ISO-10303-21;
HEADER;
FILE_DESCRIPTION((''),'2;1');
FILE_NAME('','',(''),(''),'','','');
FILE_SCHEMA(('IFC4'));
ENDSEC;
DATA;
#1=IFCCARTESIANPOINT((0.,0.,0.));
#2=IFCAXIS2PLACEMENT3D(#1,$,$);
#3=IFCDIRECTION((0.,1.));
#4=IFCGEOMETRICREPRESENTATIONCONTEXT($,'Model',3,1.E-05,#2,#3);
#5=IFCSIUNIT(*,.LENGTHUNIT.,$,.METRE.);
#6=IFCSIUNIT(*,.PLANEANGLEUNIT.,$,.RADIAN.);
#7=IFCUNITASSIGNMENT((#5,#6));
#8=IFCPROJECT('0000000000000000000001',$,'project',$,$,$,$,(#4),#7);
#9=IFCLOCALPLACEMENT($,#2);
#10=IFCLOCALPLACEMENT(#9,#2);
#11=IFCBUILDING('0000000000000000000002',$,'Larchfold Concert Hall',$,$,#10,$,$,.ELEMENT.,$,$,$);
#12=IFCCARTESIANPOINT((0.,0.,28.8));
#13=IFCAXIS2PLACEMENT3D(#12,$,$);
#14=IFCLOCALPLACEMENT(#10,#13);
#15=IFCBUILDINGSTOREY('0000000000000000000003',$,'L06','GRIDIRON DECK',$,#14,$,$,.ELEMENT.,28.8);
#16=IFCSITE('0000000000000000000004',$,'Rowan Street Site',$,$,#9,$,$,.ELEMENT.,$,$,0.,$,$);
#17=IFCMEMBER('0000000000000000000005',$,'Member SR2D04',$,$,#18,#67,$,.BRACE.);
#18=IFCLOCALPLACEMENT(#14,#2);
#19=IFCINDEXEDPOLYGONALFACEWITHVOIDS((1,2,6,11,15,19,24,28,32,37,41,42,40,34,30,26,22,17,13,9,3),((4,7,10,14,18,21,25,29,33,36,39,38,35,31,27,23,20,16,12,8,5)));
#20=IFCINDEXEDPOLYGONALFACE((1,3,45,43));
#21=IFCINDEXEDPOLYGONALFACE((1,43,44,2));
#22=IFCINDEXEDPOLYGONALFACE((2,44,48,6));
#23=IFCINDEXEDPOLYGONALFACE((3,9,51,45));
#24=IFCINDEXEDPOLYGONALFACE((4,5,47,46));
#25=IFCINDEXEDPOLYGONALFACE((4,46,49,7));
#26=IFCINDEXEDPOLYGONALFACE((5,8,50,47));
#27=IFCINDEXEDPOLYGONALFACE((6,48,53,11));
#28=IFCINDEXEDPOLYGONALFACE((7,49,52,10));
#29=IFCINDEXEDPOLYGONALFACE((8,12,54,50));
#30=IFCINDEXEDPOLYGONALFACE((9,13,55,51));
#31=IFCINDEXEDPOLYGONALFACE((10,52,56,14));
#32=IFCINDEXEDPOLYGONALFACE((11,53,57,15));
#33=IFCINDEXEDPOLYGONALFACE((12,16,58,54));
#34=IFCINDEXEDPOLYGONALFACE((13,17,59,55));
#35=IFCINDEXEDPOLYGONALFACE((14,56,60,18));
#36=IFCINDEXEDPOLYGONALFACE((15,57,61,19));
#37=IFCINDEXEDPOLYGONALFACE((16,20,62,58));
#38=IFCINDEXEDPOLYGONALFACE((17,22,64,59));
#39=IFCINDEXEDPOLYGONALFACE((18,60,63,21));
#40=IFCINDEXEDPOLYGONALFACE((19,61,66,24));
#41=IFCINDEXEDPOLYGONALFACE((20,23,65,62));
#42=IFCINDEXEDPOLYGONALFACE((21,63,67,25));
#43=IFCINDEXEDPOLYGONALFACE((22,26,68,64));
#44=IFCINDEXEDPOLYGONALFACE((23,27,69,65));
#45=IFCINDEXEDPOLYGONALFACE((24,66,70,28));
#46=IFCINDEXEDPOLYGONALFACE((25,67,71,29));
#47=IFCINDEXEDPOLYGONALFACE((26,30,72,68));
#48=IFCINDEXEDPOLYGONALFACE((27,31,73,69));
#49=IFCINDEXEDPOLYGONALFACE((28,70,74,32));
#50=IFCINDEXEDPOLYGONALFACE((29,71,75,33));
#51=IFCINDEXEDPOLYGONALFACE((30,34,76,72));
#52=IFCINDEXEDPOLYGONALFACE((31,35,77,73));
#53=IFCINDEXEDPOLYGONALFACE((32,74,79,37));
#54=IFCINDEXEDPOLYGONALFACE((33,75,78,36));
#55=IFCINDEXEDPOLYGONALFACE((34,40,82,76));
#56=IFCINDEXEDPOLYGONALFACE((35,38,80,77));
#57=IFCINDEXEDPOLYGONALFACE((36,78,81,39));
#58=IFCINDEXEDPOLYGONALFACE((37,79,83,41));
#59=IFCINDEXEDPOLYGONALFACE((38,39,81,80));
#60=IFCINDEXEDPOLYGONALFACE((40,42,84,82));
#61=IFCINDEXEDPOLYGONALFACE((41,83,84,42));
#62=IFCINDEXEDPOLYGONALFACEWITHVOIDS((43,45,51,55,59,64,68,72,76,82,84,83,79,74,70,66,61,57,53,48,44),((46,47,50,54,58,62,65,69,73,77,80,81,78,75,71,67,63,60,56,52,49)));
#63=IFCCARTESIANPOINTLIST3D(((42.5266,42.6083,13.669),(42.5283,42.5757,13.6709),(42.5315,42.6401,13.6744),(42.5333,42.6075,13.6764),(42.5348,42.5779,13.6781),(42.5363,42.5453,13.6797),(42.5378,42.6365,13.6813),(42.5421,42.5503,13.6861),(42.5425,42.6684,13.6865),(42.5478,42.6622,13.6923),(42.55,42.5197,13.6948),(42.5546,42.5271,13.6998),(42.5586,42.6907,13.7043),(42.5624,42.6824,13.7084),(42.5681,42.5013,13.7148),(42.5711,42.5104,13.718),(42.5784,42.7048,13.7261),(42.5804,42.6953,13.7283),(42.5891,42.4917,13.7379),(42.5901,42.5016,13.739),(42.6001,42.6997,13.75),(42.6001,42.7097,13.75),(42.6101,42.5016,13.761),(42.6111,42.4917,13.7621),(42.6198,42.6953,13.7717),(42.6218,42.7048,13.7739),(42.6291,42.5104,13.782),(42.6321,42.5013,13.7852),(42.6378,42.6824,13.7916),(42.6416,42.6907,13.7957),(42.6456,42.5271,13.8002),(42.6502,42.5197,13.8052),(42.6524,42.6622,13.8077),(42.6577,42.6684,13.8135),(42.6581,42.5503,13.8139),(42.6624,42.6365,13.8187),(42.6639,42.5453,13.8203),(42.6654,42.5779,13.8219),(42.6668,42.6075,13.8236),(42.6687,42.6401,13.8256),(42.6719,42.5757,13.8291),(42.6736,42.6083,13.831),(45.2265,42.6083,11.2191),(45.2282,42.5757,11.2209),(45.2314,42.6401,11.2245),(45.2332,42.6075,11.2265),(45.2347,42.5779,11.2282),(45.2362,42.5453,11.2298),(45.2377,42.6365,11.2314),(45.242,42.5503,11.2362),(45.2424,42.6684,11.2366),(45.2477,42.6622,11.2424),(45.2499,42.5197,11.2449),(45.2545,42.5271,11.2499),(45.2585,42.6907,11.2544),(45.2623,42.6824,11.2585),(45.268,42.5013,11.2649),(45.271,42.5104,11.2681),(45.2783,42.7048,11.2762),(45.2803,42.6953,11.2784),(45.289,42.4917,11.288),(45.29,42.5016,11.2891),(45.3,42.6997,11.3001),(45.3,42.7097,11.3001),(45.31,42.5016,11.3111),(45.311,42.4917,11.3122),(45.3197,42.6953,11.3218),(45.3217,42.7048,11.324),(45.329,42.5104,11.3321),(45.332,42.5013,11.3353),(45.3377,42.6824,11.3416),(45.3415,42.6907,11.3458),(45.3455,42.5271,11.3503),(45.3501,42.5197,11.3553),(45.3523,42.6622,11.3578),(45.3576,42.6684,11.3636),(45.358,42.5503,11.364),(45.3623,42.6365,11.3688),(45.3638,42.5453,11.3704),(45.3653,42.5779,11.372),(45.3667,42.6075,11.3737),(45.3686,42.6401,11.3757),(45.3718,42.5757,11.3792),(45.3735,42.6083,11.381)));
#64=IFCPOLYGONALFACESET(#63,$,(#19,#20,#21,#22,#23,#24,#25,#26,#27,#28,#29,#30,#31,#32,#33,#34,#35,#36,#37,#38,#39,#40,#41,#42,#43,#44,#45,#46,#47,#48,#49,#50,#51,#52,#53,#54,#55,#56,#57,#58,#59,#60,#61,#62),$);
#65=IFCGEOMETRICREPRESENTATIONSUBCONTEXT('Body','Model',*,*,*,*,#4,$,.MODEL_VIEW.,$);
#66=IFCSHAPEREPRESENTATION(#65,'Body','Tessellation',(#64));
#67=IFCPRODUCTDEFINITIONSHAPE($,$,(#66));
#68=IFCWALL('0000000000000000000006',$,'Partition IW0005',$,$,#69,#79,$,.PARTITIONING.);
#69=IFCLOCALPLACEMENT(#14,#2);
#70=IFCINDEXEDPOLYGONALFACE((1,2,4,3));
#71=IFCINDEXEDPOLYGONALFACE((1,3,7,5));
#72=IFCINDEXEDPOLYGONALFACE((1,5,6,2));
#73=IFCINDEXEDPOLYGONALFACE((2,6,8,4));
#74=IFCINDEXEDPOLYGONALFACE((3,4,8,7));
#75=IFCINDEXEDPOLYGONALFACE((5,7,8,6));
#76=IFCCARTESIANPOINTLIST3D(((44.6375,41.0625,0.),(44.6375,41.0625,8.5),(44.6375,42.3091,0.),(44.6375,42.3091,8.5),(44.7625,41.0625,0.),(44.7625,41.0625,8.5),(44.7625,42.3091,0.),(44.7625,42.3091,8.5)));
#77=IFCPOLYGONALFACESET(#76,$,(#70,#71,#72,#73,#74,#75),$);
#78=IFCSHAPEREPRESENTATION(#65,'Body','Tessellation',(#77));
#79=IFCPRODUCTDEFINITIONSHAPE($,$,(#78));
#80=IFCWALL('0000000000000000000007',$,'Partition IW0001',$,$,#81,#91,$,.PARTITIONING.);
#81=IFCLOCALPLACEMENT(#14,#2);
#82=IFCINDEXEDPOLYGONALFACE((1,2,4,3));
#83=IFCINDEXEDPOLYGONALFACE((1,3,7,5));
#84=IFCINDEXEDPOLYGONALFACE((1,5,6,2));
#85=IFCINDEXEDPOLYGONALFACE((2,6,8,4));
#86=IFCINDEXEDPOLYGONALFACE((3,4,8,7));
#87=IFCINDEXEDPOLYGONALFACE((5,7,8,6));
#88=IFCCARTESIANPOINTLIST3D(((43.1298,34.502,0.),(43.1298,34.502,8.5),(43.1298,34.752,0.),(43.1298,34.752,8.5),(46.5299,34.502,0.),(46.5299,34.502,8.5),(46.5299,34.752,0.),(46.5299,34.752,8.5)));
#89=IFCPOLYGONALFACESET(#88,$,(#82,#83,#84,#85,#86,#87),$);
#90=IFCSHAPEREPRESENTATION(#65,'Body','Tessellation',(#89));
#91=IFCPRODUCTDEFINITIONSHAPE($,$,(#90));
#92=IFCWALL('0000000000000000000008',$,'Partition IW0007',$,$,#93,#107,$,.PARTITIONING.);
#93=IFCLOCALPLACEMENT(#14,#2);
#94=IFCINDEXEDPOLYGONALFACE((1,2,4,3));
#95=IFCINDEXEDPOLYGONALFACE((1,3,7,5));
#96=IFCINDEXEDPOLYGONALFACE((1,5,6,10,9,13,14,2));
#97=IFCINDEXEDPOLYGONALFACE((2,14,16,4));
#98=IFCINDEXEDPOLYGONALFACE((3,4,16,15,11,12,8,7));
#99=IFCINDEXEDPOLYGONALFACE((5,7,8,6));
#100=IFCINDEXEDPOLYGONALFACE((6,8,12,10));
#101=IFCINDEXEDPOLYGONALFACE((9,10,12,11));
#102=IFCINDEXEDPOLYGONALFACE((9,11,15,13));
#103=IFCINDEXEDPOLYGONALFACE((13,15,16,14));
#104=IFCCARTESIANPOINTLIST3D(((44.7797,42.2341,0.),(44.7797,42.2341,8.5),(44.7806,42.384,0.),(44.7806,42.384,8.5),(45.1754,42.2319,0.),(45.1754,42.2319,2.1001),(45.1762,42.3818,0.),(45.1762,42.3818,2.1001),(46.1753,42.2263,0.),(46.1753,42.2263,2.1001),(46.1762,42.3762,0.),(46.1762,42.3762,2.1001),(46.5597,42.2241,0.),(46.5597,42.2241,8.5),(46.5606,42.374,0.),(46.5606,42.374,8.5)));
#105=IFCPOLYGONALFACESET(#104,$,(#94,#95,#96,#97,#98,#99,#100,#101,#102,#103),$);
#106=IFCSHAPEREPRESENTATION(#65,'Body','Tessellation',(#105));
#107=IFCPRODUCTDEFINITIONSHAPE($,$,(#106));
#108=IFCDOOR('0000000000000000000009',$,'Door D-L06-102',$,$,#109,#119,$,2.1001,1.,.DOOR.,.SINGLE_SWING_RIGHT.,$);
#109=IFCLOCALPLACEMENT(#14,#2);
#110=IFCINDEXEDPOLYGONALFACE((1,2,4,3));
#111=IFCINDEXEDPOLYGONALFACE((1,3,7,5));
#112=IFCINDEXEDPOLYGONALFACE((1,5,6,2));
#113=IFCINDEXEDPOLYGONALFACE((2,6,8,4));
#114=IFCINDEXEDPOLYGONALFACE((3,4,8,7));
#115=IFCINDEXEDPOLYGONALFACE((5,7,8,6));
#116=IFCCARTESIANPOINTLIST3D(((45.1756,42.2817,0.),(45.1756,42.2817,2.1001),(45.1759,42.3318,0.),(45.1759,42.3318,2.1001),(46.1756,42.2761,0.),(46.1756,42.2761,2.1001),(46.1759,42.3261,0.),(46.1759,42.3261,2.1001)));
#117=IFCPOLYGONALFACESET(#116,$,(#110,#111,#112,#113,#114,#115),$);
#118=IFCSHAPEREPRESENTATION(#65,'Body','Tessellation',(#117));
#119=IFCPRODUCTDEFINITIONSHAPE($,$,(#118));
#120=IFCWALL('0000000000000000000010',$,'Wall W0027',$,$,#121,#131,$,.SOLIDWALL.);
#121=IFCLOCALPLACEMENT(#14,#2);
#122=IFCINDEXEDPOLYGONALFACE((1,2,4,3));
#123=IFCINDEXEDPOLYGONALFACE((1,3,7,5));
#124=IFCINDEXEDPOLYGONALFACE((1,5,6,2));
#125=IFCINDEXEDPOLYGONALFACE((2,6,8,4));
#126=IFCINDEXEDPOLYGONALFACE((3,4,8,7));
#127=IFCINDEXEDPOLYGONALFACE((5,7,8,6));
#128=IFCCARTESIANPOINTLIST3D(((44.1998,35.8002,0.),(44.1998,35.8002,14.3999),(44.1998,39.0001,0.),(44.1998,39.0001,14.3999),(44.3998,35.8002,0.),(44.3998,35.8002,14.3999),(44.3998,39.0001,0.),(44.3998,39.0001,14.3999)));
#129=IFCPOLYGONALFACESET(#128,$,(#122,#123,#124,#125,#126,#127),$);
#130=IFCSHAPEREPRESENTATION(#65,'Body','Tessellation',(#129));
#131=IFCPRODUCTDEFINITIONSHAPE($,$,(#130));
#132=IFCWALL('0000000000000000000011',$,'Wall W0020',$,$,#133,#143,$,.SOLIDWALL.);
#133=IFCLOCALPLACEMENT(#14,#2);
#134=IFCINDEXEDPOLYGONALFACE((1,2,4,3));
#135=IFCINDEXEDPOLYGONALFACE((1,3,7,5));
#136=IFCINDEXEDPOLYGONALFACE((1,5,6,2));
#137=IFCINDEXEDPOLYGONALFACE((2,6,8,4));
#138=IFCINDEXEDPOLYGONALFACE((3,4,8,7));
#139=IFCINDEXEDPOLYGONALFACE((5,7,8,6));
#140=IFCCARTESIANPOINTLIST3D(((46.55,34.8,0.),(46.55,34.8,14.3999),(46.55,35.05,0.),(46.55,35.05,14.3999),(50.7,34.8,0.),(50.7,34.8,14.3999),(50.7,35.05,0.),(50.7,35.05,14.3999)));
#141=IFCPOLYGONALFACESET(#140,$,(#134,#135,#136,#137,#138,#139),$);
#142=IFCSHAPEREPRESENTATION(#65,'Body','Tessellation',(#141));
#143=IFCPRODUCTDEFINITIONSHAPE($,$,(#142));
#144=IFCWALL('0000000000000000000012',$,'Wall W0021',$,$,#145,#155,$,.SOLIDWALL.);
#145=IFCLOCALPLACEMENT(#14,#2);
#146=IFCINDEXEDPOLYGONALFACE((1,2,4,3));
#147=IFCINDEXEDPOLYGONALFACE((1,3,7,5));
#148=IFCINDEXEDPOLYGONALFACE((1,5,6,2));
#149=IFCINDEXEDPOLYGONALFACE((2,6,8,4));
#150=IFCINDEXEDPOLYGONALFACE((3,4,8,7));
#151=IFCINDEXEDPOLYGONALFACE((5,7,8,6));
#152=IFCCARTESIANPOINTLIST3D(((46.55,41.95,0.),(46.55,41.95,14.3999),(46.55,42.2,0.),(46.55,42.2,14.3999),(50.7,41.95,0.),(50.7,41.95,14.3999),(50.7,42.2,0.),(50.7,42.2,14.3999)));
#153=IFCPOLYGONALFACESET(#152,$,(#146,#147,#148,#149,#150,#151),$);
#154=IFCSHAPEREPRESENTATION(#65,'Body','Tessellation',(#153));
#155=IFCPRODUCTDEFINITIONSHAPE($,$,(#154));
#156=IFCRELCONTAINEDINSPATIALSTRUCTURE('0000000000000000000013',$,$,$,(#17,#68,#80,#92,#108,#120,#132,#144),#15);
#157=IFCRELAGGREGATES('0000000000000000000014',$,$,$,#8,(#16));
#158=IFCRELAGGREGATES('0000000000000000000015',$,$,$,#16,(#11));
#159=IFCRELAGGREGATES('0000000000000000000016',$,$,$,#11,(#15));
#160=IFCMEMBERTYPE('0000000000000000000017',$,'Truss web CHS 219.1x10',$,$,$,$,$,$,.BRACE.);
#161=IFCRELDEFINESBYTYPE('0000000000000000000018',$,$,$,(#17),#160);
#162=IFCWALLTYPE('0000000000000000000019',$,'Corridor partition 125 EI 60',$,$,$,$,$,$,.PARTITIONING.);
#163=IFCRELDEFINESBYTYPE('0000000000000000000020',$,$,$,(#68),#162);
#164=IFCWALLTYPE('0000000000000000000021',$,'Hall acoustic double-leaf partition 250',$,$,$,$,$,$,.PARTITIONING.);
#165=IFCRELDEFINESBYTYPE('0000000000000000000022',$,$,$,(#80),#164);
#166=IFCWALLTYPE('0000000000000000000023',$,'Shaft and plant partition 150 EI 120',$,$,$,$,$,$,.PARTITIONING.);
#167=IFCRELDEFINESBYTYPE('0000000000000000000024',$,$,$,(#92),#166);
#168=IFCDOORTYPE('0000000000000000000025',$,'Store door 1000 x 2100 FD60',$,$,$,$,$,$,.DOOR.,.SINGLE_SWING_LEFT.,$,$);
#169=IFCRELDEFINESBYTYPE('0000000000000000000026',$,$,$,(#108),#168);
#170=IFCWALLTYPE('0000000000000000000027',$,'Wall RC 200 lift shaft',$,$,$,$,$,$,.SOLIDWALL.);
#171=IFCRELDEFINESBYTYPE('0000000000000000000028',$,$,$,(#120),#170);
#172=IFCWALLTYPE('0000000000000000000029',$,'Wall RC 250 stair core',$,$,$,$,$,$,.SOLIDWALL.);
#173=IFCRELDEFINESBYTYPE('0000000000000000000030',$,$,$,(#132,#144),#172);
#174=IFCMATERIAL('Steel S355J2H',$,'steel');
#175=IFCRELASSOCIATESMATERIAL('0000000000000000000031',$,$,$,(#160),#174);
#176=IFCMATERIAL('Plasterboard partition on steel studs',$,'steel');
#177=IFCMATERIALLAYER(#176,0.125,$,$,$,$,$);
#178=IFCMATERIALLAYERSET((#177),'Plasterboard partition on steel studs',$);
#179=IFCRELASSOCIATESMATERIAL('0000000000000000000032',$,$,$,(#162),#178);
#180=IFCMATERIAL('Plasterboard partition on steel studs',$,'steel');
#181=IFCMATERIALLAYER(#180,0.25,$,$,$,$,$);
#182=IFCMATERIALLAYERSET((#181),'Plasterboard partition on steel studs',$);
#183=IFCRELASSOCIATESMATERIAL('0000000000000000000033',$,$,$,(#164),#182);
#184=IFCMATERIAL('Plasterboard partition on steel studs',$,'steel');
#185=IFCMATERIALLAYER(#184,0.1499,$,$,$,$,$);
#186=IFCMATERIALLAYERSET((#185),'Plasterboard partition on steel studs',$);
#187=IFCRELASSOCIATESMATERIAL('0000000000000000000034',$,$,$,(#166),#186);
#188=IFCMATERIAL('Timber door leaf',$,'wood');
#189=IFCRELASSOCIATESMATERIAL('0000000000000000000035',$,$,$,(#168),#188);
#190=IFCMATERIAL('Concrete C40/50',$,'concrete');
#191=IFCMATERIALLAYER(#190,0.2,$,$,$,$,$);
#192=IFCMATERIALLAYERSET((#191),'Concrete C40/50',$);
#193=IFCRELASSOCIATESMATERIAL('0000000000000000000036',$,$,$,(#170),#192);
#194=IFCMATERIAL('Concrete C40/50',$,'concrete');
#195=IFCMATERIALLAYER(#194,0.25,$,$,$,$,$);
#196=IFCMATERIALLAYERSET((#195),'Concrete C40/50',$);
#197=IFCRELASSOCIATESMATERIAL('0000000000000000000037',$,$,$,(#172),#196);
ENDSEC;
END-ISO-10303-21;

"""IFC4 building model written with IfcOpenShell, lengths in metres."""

from ifc_helpers import new_model, si_unit, direction, frame, frame_2d, origin, origin_2d, place, context, subcontext, project, spatial, rectangle, hollow_circle, extrude, material, layer, layer_set, material_profile, profile_set, type_object, element, fill, save


model = new_model("IFC4")

# Units and contexts
model_context = context("Model", 3, precision=1e-05, world=origin(), true_north=direction((0.0, 1.0)))
body_context = subcontext(model_context, "Body", "Model", "MODEL_VIEW")
ifc_project = project(units=[si_unit("LENGTHUNIT", "METRE"), si_unit("PLANEANGLEUNIT", "RADIAN")], contexts=[model_context])

# Site, building, storey
site_placement = place(None, origin())
site = spatial("IfcSite", under=ifc_project, at=site_placement, Name="Rowan Street Site", CompositionType="ELEMENT", RefElevation=0.0)
building_placement = place(site_placement, origin())
building = spatial("IfcBuilding", under=site, at=building_placement, Name="Larchfold Concert Hall", CompositionType="ELEMENT")
storey_placement = place(building_placement, frame((0.0, 0.0, 28.8)))
storey = spatial("IfcBuildingStorey", under=building, at=storey_placement, Name="L06", Description="GRIDIRON DECK", CompositionType="ELEMENT", Elevation=28.8)

# Member
ifc_material_1 = material(Name="Steel S355J2H", Category="steel")
ifc_material_profile_1 = material_profile(ifc_material_1, hollow_circle(Radius=0.1096, WallThickness=0.01, at=origin_2d()))
ifc_profile_set_1 = profile_set([ifc_material_profile_1], Name="Steel S355J2H")
member_type_1 = type_object("IfcMemberType", Name="Truss web CHS 219.1x10", PredefinedType="BRACE", material=ifc_profile_set_1)
member_1_placement = place(storey_placement, frame((42.6001, 42.6001, 13.75), z_axis=(0.740561, 0.0, -0.671989), x_axis=(0.0, 1.0, 0.0)))
element("IfcMember", 1, at=member_1_placement, inside=storey, type_object=member_type_1, Name="Member SR2D04", PredefinedType="BRACE", context=body_context, shape_type="SweptSolid", body=[
    extrude(hollow_circle(Radius=0.1096, WallThickness=0.01, at=origin_2d()), origin(), (0.0, 0.0, 1.0), 3.6458),
])

# Walls
ifc_material_2 = material(Name="Plasterboard partition on steel studs", Category="steel")
ifc_layer_1 = layer(ifc_material_2, 0.125)
ifc_layer_set_1 = layer_set([ifc_layer_1], Name="Plasterboard partition on steel studs")
wall_type_1 = type_object("IfcWallType", Name="Corridor partition 125 EI 60", PredefinedType="PARTITIONING", material=ifc_layer_set_1)
wall_1_placement = place(storey_placement, frame((44.7, 41.0625, 0.0), z_axis=(0.0, 0.0, 1.0), x_axis=(0.0, 1.0, 0.0)))
element("IfcWall", 2, at=wall_1_placement, inside=storey, type_object=wall_type_1, Name="Partition IW0005", PredefinedType="PARTITIONING", context=body_context, shape_type="SweptSolid", body=[
    extrude(rectangle(XDim=1.2466, YDim=0.125, at=frame_2d((0.6233, 0.0))), origin(), (0.0, 0.0, 1.0), 8.5),
])
ifc_material_3 = material(Name="Plasterboard partition on steel studs", Category="steel")
ifc_layer_2 = layer(ifc_material_3, 0.25)
ifc_layer_set_2 = layer_set([ifc_layer_2], Name="Plasterboard partition on steel studs")
wall_type_2 = type_object("IfcWallType", Name="Hall acoustic double-leaf partition 250", PredefinedType="PARTITIONING", material=ifc_layer_set_2)
wall_2_placement = place(storey_placement, frame((46.53, 34.627, 0.0), z_axis=(0.0, 0.0, 1.0), x_axis=(-1.0, 0.0, 0.0)))
element("IfcWall", 3, at=wall_2_placement, inside=storey, type_object=wall_type_2, Name="Partition IW0001", PredefinedType="PARTITIONING", context=body_context, shape_type="SweptSolid", body=[
    extrude(rectangle(XDim=3.4001, YDim=0.25, at=frame_2d((1.7002, 0.0))), origin(), (0.0, 0.0, 1.0), 8.5),
])

# Wall, opening, door
ifc_material_4 = material(Name="Plasterboard partition on steel studs", Category="steel")
ifc_layer_3 = layer(ifc_material_4, 0.1499)
ifc_layer_set_3 = layer_set([ifc_layer_3], Name="Plasterboard partition on steel studs")
wall_type_3 = type_object("IfcWallType", Name="Shaft and plant partition 150 EI 120", PredefinedType="PARTITIONING", material=ifc_layer_set_3)
wall_3_placement = place(storey_placement, frame((44.78, 42.3091, 0.0), z_axis=(0.0, 0.0, 1.0), x_axis=(0.999984, -0.005623, 0.0)))
wall_3 = element("IfcWall", 4, at=wall_3_placement, inside=storey, type_object=wall_type_3, Name="Partition IW0007", PredefinedType="PARTITIONING", context=body_context, shape_type="SweptSolid", body=[
    extrude(rectangle(XDim=1.78, YDim=0.1499, at=frame_2d((0.8901, 0.0))), origin(), (0.0, 0.0, 1.0), 8.5),
])
opening_1_placement = place(wall_3_placement, frame((0.3958, 0.0, 0.0)))
opening_1 = element("IfcOpeningElement", 5, at=opening_1_placement, cuts=wall_3, PredefinedType="OPENING", context=body_context, shape_type="SweptSolid", body=[
    extrude(rectangle(XDim=1.0, YDim=2.1001, at=frame_2d((0.5, 1.05))), frame((0.0, 0.085, 0.0), z_axis=(0.0, -1.0, 0.0), x_axis=(1.0, 0.0, 0.0)), (0.0, 0.0, 1.0), 0.1699),
])
ifc_material_5 = material(Name="Timber door leaf", Category="wood")
door_type_1 = type_object("IfcDoorType", Name="Store door 1000 x 2100 FD60", OperationType="SINGLE_SWING_LEFT", PredefinedType="DOOR", material=ifc_material_5)
door_1_placement = place(opening_1_placement, origin())
door_1 = element("IfcDoor", 6, at=door_1_placement, inside=storey, type_object=door_type_1, Name="Door D-L06-102", OperationType="SINGLE_SWING_RIGHT", OverallHeight=2.1001, OverallWidth=1.0, PredefinedType="DOOR", context=body_context, shape_type="SweptSolid", body=[
    extrude(rectangle(XDim=1.0, YDim=2.1001, at=frame_2d((0.5, 1.05))), frame((0.0, 0.0249, 0.0), z_axis=(0.0, -1.0, 0.0), x_axis=(1.0, 0.0, 0.0)), (0.0, 0.0, 1.0), 0.05),
])
fill(opening_1, door_1)

# Walls
ifc_material_6 = material(Name="Concrete C40/50", Category="concrete")
ifc_layer_4 = layer(ifc_material_6, 0.2)
ifc_layer_set_4 = layer_set([ifc_layer_4], Name="Concrete C40/50")
wall_type_4 = type_object("IfcWallType", Name="Wall RC 200 lift shaft", PredefinedType="SOLIDWALL", material=ifc_layer_set_4)
wall_4_placement = place(storey_placement, frame((44.2998, 35.8, 0.0), z_axis=(0.0, 0.0, 1.0), x_axis=(0.0, 1.0, 0.0)))
element("IfcWall", 7, at=wall_4_placement, inside=storey, type_object=wall_type_4, Name="Wall W0027", PredefinedType="SOLIDWALL", context=body_context, shape_type="SweptSolid", body=[
    extrude(rectangle(XDim=3.2, YDim=0.2, at=frame_2d((1.6001, 0.0))), origin(), (0.0, 0.0, 1.0), 14.3999),
])
ifc_material_7 = material(Name="Concrete C40/50", Category="concrete")
ifc_layer_5 = layer(ifc_material_7, 0.25)
ifc_layer_set_5 = layer_set([ifc_layer_5], Name="Concrete C40/50")
wall_type_5 = type_object("IfcWallType", Name="Wall RC 250 stair core", PredefinedType="SOLIDWALL", material=ifc_layer_set_5)
for number, where, z_axis, x_axis, name in (
    (8, (46.55, 34.925, 0.0), (0.0, 0.0, 1.0), (1.0, 0.0, 0.0), "Wall W0020"),
    (9, (46.55, 42.075, 0.0), (0.0, 0.0, 1.0), (1.0, 0.0, 0.0), "Wall W0021"),
):
    element("IfcWall", number, at=place(storey_placement, frame(where, z_axis=z_axis, x_axis=x_axis)), inside=storey, type_object=wall_type_5, Name=name, PredefinedType="SOLIDWALL", context=body_context, shape_type="SweptSolid", body=[
        extrude(rectangle(XDim=4.1499, YDim=0.25, at=frame_2d((2.075, 0.0))), origin(), (0.0, 0.0, 1.0), 14.3999),
    ])

save(model, "model.ifc")
